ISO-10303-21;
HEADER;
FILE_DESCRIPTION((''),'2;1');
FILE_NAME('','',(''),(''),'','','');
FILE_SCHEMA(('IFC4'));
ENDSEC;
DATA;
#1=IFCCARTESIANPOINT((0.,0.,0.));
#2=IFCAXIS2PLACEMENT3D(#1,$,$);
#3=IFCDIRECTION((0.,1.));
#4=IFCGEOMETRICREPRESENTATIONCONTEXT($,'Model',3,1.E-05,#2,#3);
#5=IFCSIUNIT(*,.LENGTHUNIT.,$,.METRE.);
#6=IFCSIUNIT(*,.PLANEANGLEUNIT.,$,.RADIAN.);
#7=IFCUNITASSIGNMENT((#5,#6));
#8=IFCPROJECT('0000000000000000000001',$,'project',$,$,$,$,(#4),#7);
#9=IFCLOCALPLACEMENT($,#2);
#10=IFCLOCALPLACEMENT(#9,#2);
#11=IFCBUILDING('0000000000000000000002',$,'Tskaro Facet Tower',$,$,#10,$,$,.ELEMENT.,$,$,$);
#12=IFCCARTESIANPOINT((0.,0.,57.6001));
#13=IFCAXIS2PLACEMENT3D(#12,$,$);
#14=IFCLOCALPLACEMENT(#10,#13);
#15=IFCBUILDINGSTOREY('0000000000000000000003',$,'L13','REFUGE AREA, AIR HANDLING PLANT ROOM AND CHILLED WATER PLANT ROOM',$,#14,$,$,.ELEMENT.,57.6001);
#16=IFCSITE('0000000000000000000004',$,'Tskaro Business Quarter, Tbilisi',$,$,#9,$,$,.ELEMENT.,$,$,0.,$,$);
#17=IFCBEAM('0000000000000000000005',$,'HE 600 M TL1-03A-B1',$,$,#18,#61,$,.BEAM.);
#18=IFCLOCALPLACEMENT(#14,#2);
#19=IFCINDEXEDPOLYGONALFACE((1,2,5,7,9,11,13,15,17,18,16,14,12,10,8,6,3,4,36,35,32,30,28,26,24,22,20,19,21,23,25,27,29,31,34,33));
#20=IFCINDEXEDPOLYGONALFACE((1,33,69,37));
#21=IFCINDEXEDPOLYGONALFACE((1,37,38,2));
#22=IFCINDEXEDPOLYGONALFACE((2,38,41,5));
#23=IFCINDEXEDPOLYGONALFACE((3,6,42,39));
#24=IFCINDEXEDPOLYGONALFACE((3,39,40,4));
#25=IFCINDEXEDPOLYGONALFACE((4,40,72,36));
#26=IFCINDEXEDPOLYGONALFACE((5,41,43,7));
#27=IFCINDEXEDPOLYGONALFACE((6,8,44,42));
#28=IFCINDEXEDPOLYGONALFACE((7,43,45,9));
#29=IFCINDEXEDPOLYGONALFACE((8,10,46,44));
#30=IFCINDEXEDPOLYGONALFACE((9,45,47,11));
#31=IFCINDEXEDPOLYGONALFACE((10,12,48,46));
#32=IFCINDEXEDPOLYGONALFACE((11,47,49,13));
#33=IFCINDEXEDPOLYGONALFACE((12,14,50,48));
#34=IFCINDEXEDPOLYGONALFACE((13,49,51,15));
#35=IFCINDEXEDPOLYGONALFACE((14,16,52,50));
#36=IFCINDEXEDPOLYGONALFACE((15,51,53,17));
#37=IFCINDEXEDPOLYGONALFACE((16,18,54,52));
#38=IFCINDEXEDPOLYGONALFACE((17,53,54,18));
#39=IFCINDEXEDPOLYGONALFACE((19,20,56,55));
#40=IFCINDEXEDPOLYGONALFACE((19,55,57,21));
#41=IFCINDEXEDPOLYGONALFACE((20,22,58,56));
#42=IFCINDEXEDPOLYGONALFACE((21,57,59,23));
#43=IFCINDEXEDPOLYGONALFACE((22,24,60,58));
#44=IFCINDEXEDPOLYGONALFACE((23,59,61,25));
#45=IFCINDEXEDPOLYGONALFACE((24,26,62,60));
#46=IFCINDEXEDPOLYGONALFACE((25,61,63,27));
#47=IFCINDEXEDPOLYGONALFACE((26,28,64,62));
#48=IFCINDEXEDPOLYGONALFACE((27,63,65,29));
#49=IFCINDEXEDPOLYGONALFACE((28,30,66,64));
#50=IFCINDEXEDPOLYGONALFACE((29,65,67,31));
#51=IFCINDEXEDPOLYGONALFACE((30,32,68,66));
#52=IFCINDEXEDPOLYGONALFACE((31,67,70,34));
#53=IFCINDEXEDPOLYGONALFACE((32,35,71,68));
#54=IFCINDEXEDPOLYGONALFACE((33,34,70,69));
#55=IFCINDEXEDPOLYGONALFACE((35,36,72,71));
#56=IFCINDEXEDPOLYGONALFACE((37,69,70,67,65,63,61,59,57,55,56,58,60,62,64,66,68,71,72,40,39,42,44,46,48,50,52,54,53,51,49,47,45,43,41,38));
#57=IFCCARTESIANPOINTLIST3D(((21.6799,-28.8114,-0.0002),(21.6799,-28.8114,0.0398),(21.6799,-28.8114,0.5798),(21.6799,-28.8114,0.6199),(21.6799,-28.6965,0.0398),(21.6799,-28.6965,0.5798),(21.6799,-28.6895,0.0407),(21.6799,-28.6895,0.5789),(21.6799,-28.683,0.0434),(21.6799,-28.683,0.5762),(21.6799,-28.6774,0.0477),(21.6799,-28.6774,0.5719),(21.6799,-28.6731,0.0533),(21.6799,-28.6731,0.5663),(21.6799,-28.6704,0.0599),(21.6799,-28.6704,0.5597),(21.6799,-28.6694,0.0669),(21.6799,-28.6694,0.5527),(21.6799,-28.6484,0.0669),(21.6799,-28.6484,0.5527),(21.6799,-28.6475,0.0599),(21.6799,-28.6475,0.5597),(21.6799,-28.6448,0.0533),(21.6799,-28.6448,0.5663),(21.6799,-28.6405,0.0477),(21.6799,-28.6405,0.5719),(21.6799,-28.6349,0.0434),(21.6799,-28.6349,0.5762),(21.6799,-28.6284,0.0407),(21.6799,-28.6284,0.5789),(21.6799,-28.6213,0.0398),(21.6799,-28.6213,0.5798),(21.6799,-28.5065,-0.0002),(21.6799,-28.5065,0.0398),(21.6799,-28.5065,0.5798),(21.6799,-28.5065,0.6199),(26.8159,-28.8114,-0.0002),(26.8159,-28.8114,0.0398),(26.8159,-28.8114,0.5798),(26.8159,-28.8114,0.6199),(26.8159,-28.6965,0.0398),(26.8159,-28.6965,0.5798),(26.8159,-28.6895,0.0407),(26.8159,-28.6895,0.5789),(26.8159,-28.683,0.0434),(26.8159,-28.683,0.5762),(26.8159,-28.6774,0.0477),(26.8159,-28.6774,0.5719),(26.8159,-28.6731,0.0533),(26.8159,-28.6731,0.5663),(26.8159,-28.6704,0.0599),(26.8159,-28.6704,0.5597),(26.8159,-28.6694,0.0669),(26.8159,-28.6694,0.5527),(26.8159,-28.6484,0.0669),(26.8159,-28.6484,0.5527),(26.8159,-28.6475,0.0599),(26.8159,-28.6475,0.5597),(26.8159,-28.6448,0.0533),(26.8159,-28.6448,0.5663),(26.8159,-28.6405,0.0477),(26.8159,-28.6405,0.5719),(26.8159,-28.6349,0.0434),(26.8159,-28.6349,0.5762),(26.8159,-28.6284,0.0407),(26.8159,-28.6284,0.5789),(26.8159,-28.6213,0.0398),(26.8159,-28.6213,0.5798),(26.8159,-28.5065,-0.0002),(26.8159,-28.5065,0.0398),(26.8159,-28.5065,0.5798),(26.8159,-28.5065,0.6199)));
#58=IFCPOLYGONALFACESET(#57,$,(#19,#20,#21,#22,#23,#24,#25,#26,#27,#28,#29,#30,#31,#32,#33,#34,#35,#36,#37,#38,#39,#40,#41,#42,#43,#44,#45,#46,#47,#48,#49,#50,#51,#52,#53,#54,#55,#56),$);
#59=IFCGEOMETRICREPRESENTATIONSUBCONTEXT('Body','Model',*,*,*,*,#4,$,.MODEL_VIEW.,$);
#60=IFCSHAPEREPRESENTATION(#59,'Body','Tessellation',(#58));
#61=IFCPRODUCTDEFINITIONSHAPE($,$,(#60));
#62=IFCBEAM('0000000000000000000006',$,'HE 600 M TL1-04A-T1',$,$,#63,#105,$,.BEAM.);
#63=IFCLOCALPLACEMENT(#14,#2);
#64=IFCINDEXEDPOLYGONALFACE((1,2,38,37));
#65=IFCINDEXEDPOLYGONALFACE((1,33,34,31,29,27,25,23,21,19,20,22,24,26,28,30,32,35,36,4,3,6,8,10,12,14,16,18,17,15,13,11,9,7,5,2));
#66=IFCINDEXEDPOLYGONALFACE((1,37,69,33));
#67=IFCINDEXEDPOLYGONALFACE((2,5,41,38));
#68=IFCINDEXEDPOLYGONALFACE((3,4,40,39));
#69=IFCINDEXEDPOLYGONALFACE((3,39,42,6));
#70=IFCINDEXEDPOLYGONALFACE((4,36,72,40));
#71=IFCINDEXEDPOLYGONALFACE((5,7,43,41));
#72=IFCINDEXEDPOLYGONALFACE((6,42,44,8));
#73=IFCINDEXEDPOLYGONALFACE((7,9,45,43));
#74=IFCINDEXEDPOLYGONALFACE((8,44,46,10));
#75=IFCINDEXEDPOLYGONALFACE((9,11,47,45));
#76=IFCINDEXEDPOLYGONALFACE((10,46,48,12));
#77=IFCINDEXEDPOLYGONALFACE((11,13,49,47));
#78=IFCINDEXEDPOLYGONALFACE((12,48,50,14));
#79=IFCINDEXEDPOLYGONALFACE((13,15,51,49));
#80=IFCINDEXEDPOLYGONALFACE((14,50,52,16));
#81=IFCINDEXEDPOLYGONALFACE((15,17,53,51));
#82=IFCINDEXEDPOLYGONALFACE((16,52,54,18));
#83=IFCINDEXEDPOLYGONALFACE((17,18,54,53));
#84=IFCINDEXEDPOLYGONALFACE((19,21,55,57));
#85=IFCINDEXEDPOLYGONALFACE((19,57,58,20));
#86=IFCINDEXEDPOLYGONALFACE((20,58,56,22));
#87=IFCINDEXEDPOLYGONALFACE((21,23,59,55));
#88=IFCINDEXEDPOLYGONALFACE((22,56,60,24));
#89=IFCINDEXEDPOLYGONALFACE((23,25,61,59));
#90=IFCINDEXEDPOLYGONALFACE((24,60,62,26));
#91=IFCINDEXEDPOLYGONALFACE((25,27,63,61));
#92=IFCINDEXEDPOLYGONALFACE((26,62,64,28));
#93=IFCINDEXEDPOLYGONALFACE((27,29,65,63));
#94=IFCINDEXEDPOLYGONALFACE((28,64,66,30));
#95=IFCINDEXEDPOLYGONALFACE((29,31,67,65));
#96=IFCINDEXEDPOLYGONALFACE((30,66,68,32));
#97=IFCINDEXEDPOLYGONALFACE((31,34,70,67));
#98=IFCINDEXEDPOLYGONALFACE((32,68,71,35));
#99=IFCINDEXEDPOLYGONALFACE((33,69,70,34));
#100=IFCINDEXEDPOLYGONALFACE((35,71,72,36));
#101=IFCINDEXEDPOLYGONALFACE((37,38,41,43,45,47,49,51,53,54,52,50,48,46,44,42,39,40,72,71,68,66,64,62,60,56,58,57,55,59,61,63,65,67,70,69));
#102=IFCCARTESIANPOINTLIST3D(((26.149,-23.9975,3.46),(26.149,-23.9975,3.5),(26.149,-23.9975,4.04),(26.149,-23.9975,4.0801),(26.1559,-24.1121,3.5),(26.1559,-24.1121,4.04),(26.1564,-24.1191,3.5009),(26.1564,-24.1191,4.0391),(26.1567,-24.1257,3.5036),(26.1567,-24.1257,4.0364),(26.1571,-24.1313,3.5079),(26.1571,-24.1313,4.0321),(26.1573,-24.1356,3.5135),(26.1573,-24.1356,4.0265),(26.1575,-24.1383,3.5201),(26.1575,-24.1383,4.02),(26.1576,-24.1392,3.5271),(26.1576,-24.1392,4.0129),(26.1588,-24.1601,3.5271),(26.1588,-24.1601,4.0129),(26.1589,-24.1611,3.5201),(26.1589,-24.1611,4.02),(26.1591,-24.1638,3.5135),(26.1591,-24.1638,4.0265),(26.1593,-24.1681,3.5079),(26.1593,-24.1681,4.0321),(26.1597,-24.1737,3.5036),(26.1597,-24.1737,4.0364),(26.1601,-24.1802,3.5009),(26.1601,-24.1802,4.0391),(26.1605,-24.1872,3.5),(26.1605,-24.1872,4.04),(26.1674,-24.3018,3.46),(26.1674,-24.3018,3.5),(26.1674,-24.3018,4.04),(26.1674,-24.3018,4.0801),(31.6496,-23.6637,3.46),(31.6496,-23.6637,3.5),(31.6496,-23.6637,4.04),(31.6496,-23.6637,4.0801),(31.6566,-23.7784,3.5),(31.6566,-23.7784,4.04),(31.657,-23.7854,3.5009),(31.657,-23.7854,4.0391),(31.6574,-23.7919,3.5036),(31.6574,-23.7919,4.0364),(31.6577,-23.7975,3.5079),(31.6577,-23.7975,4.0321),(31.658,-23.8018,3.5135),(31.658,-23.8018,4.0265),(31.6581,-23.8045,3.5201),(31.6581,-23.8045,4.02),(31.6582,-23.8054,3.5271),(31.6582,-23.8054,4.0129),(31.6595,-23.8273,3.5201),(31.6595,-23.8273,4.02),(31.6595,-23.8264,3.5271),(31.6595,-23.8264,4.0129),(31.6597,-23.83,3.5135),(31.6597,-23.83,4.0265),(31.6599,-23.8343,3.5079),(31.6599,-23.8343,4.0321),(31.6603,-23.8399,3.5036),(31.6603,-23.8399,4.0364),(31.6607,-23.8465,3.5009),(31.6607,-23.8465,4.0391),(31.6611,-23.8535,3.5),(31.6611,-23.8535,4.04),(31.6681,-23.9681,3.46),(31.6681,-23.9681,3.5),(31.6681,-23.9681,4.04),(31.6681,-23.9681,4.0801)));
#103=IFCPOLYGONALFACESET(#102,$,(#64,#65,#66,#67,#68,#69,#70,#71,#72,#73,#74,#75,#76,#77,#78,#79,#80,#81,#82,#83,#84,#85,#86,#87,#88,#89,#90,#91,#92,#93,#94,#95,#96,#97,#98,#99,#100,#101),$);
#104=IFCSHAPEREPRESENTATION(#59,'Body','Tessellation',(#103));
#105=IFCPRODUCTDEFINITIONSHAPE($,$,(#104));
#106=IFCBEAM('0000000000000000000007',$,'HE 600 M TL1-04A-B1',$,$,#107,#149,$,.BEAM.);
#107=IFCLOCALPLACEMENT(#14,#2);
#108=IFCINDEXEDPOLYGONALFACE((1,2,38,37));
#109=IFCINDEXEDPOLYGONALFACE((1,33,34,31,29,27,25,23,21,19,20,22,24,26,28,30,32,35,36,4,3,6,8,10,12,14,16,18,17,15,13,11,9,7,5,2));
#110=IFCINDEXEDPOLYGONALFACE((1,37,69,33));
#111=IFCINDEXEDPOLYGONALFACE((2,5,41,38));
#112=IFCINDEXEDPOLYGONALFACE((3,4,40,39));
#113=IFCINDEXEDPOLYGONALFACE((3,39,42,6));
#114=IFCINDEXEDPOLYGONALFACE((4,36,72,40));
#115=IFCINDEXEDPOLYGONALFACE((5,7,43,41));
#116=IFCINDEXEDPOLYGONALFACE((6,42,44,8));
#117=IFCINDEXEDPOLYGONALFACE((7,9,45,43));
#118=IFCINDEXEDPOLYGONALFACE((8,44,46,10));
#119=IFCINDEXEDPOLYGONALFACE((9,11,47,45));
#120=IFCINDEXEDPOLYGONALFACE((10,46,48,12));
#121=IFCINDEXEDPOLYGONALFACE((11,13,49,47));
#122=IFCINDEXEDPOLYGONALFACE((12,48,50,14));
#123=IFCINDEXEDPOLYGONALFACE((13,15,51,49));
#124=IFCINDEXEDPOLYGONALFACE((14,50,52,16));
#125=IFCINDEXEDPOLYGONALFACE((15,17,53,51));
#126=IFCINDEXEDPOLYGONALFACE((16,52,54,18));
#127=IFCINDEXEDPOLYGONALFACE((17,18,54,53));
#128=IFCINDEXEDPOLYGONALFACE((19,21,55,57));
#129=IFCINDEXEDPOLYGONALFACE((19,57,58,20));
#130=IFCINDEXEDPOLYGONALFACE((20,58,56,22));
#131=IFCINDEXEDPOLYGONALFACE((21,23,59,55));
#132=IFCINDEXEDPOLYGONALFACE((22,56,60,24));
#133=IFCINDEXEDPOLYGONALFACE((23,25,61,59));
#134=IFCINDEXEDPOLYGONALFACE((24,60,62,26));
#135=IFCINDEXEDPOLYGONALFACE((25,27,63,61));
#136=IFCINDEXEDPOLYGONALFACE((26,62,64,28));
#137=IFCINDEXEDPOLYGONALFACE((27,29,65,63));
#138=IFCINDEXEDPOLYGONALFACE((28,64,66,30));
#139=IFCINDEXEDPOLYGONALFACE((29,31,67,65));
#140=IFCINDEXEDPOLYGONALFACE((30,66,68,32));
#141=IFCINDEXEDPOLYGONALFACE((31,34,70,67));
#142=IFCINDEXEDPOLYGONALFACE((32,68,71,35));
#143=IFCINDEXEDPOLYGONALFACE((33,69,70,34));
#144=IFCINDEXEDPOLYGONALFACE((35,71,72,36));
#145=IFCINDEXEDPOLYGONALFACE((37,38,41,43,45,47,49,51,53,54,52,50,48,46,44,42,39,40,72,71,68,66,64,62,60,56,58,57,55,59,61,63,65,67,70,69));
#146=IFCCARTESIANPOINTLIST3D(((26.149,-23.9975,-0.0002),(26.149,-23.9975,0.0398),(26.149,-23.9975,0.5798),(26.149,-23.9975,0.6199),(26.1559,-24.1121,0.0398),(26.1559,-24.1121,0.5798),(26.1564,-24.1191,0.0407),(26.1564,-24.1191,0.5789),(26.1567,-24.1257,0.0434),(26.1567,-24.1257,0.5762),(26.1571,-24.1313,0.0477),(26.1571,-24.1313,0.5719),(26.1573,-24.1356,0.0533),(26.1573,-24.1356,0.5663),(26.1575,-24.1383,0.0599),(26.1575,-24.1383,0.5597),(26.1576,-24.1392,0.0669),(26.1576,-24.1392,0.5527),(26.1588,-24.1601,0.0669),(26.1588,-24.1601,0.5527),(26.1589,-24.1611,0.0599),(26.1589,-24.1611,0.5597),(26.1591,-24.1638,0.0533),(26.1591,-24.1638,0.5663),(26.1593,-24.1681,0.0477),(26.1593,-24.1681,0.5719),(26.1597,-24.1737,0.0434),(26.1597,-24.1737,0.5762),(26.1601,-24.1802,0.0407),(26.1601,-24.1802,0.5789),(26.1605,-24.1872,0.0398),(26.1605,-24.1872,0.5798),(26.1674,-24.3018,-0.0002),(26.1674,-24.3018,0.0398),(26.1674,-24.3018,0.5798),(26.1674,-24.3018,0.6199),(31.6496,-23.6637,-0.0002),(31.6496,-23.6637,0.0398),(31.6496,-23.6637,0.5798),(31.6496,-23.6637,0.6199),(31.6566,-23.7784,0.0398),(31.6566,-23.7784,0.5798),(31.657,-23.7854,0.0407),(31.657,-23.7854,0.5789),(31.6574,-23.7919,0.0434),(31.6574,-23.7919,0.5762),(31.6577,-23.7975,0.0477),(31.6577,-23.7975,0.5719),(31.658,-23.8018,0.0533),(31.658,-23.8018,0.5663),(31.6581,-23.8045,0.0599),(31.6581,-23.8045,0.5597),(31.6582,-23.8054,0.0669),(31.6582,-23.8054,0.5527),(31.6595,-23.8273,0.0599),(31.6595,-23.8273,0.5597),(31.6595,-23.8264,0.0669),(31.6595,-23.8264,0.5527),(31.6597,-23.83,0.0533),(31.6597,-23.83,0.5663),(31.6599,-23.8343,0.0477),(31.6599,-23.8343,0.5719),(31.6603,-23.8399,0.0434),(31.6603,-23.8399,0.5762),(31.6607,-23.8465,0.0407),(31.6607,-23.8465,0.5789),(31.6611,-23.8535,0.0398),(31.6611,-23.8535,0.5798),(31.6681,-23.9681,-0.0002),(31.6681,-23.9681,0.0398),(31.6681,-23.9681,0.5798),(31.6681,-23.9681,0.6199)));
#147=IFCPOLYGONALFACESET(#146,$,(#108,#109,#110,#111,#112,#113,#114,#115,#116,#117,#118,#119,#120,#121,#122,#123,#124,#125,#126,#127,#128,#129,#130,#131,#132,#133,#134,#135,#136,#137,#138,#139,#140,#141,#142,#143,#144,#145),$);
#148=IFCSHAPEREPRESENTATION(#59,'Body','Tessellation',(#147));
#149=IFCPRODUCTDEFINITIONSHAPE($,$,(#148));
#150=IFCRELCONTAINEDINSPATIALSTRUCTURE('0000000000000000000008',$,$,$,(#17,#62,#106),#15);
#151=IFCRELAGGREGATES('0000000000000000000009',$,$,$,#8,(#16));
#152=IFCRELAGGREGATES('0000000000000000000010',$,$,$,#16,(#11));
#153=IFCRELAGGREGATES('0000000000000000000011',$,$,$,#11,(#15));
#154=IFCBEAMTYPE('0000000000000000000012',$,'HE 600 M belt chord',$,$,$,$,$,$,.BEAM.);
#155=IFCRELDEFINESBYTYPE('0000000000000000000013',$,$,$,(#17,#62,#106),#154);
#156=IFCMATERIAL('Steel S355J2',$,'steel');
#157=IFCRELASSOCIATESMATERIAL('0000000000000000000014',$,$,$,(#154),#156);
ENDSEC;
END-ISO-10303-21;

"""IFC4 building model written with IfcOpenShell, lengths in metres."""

from ifc_helpers import new_model, si_unit, direction, frame, origin, origin_2d, place, context, subcontext, project, spatial, i_section, extrude, material, material_profile, profile_set, type_object, element, save


model = new_model("IFC4")

# Units and contexts
model_context = context("Model", 3, precision=1e-05, world=origin(), true_north=direction((0.0, 1.0)))
body_context = subcontext(model_context, "Body", "Model", "MODEL_VIEW")
ifc_project = project(units=[si_unit("LENGTHUNIT", "METRE"), si_unit("PLANEANGLEUNIT", "RADIAN")], contexts=[model_context])

# Site, building, storey
site_placement = place(None, origin())
site = spatial("IfcSite", under=ifc_project, at=site_placement, Name="Tskaro Business Quarter, Tbilisi", CompositionType="ELEMENT", RefElevation=0.0)
building_placement = place(site_placement, origin())
building = spatial("IfcBuilding", under=site, at=building_placement, Name="Tskaro Facet Tower", CompositionType="ELEMENT")
storey_placement = place(building_placement, frame((0.0, 0.0, 57.6001)))
storey = spatial("IfcBuildingStorey", under=building, at=storey_placement, Name="L13", Description="REFUGE AREA, AIR HANDLING PLANT ROOM AND CHILLED WATER PLANT ROOM", CompositionType="ELEMENT", Elevation=57.6001)

# Shared definitions
ifc_material_1 = material(Name="Steel S355J2", Category="steel")

# Beams
ifc_material_profile_1 = material_profile(ifc_material_1, i_section(OverallWidth=0.3049, OverallDepth=0.6201, WebThickness=0.021, FlangeThickness=0.04, FilletRadius=0.0271, at=origin_2d()), Name="HE 600 M")
ifc_profile_set_1 = profile_set([ifc_material_profile_1], Name="Steel S355J2")
beam_type_1 = type_object("IfcBeamType", Name="HE 600 M belt chord", PredefinedType="BEAM", material=ifc_profile_set_1)
for number, where, z_axis, x_axis, name in (
    (1, (21.6799, -28.6589, 0.3098), (1.0, 0.0, 0.0), (0.0, 1.0, 0.0), "HE 600 M TL1-03A-B1"),
):
    element("IfcBeam", number, at=place(storey_placement, frame(where, z_axis=z_axis, x_axis=x_axis)), inside=storey, type_object=beam_type_1, Name=name, PredefinedType="BEAM", context=body_context, shape_type="SweptSolid", body=[
        extrude(i_section(OverallWidth=0.3049, OverallDepth=0.6201, WebThickness=0.021, FlangeThickness=0.04, FilletRadius=0.0271, at=origin_2d()), origin(), (0.0, 0.0, 1.0), 5.136),
    ])
for number, where, z_axis, x_axis, name in (
    (2, (26.1582, -24.1497, 3.77), (0.998165, 0.060561, 0.0), (-0.060561, 0.998165, 0.0), "HE 600 M TL1-04A-T1"),
    (3, (26.1582, -24.1497, 0.3098), (0.998165, 0.060561, 0.0), (-0.060561, 0.998165, 0.0), "HE 600 M TL1-04A-B1"),
):
    element("IfcBeam", number, at=place(storey_placement, frame(where, z_axis=z_axis, x_axis=x_axis)), inside=storey, type_object=beam_type_1, Name=name, PredefinedType="BEAM", context=body_context, shape_type="SweptSolid", body=[
        extrude(i_section(OverallWidth=0.3049, OverallDepth=0.6201, WebThickness=0.021, FlangeThickness=0.04, FilletRadius=0.0271, at=origin_2d()), origin(), (0.0, 0.0, 1.0), 5.5107),
    ])

save(model, "model.ifc")
